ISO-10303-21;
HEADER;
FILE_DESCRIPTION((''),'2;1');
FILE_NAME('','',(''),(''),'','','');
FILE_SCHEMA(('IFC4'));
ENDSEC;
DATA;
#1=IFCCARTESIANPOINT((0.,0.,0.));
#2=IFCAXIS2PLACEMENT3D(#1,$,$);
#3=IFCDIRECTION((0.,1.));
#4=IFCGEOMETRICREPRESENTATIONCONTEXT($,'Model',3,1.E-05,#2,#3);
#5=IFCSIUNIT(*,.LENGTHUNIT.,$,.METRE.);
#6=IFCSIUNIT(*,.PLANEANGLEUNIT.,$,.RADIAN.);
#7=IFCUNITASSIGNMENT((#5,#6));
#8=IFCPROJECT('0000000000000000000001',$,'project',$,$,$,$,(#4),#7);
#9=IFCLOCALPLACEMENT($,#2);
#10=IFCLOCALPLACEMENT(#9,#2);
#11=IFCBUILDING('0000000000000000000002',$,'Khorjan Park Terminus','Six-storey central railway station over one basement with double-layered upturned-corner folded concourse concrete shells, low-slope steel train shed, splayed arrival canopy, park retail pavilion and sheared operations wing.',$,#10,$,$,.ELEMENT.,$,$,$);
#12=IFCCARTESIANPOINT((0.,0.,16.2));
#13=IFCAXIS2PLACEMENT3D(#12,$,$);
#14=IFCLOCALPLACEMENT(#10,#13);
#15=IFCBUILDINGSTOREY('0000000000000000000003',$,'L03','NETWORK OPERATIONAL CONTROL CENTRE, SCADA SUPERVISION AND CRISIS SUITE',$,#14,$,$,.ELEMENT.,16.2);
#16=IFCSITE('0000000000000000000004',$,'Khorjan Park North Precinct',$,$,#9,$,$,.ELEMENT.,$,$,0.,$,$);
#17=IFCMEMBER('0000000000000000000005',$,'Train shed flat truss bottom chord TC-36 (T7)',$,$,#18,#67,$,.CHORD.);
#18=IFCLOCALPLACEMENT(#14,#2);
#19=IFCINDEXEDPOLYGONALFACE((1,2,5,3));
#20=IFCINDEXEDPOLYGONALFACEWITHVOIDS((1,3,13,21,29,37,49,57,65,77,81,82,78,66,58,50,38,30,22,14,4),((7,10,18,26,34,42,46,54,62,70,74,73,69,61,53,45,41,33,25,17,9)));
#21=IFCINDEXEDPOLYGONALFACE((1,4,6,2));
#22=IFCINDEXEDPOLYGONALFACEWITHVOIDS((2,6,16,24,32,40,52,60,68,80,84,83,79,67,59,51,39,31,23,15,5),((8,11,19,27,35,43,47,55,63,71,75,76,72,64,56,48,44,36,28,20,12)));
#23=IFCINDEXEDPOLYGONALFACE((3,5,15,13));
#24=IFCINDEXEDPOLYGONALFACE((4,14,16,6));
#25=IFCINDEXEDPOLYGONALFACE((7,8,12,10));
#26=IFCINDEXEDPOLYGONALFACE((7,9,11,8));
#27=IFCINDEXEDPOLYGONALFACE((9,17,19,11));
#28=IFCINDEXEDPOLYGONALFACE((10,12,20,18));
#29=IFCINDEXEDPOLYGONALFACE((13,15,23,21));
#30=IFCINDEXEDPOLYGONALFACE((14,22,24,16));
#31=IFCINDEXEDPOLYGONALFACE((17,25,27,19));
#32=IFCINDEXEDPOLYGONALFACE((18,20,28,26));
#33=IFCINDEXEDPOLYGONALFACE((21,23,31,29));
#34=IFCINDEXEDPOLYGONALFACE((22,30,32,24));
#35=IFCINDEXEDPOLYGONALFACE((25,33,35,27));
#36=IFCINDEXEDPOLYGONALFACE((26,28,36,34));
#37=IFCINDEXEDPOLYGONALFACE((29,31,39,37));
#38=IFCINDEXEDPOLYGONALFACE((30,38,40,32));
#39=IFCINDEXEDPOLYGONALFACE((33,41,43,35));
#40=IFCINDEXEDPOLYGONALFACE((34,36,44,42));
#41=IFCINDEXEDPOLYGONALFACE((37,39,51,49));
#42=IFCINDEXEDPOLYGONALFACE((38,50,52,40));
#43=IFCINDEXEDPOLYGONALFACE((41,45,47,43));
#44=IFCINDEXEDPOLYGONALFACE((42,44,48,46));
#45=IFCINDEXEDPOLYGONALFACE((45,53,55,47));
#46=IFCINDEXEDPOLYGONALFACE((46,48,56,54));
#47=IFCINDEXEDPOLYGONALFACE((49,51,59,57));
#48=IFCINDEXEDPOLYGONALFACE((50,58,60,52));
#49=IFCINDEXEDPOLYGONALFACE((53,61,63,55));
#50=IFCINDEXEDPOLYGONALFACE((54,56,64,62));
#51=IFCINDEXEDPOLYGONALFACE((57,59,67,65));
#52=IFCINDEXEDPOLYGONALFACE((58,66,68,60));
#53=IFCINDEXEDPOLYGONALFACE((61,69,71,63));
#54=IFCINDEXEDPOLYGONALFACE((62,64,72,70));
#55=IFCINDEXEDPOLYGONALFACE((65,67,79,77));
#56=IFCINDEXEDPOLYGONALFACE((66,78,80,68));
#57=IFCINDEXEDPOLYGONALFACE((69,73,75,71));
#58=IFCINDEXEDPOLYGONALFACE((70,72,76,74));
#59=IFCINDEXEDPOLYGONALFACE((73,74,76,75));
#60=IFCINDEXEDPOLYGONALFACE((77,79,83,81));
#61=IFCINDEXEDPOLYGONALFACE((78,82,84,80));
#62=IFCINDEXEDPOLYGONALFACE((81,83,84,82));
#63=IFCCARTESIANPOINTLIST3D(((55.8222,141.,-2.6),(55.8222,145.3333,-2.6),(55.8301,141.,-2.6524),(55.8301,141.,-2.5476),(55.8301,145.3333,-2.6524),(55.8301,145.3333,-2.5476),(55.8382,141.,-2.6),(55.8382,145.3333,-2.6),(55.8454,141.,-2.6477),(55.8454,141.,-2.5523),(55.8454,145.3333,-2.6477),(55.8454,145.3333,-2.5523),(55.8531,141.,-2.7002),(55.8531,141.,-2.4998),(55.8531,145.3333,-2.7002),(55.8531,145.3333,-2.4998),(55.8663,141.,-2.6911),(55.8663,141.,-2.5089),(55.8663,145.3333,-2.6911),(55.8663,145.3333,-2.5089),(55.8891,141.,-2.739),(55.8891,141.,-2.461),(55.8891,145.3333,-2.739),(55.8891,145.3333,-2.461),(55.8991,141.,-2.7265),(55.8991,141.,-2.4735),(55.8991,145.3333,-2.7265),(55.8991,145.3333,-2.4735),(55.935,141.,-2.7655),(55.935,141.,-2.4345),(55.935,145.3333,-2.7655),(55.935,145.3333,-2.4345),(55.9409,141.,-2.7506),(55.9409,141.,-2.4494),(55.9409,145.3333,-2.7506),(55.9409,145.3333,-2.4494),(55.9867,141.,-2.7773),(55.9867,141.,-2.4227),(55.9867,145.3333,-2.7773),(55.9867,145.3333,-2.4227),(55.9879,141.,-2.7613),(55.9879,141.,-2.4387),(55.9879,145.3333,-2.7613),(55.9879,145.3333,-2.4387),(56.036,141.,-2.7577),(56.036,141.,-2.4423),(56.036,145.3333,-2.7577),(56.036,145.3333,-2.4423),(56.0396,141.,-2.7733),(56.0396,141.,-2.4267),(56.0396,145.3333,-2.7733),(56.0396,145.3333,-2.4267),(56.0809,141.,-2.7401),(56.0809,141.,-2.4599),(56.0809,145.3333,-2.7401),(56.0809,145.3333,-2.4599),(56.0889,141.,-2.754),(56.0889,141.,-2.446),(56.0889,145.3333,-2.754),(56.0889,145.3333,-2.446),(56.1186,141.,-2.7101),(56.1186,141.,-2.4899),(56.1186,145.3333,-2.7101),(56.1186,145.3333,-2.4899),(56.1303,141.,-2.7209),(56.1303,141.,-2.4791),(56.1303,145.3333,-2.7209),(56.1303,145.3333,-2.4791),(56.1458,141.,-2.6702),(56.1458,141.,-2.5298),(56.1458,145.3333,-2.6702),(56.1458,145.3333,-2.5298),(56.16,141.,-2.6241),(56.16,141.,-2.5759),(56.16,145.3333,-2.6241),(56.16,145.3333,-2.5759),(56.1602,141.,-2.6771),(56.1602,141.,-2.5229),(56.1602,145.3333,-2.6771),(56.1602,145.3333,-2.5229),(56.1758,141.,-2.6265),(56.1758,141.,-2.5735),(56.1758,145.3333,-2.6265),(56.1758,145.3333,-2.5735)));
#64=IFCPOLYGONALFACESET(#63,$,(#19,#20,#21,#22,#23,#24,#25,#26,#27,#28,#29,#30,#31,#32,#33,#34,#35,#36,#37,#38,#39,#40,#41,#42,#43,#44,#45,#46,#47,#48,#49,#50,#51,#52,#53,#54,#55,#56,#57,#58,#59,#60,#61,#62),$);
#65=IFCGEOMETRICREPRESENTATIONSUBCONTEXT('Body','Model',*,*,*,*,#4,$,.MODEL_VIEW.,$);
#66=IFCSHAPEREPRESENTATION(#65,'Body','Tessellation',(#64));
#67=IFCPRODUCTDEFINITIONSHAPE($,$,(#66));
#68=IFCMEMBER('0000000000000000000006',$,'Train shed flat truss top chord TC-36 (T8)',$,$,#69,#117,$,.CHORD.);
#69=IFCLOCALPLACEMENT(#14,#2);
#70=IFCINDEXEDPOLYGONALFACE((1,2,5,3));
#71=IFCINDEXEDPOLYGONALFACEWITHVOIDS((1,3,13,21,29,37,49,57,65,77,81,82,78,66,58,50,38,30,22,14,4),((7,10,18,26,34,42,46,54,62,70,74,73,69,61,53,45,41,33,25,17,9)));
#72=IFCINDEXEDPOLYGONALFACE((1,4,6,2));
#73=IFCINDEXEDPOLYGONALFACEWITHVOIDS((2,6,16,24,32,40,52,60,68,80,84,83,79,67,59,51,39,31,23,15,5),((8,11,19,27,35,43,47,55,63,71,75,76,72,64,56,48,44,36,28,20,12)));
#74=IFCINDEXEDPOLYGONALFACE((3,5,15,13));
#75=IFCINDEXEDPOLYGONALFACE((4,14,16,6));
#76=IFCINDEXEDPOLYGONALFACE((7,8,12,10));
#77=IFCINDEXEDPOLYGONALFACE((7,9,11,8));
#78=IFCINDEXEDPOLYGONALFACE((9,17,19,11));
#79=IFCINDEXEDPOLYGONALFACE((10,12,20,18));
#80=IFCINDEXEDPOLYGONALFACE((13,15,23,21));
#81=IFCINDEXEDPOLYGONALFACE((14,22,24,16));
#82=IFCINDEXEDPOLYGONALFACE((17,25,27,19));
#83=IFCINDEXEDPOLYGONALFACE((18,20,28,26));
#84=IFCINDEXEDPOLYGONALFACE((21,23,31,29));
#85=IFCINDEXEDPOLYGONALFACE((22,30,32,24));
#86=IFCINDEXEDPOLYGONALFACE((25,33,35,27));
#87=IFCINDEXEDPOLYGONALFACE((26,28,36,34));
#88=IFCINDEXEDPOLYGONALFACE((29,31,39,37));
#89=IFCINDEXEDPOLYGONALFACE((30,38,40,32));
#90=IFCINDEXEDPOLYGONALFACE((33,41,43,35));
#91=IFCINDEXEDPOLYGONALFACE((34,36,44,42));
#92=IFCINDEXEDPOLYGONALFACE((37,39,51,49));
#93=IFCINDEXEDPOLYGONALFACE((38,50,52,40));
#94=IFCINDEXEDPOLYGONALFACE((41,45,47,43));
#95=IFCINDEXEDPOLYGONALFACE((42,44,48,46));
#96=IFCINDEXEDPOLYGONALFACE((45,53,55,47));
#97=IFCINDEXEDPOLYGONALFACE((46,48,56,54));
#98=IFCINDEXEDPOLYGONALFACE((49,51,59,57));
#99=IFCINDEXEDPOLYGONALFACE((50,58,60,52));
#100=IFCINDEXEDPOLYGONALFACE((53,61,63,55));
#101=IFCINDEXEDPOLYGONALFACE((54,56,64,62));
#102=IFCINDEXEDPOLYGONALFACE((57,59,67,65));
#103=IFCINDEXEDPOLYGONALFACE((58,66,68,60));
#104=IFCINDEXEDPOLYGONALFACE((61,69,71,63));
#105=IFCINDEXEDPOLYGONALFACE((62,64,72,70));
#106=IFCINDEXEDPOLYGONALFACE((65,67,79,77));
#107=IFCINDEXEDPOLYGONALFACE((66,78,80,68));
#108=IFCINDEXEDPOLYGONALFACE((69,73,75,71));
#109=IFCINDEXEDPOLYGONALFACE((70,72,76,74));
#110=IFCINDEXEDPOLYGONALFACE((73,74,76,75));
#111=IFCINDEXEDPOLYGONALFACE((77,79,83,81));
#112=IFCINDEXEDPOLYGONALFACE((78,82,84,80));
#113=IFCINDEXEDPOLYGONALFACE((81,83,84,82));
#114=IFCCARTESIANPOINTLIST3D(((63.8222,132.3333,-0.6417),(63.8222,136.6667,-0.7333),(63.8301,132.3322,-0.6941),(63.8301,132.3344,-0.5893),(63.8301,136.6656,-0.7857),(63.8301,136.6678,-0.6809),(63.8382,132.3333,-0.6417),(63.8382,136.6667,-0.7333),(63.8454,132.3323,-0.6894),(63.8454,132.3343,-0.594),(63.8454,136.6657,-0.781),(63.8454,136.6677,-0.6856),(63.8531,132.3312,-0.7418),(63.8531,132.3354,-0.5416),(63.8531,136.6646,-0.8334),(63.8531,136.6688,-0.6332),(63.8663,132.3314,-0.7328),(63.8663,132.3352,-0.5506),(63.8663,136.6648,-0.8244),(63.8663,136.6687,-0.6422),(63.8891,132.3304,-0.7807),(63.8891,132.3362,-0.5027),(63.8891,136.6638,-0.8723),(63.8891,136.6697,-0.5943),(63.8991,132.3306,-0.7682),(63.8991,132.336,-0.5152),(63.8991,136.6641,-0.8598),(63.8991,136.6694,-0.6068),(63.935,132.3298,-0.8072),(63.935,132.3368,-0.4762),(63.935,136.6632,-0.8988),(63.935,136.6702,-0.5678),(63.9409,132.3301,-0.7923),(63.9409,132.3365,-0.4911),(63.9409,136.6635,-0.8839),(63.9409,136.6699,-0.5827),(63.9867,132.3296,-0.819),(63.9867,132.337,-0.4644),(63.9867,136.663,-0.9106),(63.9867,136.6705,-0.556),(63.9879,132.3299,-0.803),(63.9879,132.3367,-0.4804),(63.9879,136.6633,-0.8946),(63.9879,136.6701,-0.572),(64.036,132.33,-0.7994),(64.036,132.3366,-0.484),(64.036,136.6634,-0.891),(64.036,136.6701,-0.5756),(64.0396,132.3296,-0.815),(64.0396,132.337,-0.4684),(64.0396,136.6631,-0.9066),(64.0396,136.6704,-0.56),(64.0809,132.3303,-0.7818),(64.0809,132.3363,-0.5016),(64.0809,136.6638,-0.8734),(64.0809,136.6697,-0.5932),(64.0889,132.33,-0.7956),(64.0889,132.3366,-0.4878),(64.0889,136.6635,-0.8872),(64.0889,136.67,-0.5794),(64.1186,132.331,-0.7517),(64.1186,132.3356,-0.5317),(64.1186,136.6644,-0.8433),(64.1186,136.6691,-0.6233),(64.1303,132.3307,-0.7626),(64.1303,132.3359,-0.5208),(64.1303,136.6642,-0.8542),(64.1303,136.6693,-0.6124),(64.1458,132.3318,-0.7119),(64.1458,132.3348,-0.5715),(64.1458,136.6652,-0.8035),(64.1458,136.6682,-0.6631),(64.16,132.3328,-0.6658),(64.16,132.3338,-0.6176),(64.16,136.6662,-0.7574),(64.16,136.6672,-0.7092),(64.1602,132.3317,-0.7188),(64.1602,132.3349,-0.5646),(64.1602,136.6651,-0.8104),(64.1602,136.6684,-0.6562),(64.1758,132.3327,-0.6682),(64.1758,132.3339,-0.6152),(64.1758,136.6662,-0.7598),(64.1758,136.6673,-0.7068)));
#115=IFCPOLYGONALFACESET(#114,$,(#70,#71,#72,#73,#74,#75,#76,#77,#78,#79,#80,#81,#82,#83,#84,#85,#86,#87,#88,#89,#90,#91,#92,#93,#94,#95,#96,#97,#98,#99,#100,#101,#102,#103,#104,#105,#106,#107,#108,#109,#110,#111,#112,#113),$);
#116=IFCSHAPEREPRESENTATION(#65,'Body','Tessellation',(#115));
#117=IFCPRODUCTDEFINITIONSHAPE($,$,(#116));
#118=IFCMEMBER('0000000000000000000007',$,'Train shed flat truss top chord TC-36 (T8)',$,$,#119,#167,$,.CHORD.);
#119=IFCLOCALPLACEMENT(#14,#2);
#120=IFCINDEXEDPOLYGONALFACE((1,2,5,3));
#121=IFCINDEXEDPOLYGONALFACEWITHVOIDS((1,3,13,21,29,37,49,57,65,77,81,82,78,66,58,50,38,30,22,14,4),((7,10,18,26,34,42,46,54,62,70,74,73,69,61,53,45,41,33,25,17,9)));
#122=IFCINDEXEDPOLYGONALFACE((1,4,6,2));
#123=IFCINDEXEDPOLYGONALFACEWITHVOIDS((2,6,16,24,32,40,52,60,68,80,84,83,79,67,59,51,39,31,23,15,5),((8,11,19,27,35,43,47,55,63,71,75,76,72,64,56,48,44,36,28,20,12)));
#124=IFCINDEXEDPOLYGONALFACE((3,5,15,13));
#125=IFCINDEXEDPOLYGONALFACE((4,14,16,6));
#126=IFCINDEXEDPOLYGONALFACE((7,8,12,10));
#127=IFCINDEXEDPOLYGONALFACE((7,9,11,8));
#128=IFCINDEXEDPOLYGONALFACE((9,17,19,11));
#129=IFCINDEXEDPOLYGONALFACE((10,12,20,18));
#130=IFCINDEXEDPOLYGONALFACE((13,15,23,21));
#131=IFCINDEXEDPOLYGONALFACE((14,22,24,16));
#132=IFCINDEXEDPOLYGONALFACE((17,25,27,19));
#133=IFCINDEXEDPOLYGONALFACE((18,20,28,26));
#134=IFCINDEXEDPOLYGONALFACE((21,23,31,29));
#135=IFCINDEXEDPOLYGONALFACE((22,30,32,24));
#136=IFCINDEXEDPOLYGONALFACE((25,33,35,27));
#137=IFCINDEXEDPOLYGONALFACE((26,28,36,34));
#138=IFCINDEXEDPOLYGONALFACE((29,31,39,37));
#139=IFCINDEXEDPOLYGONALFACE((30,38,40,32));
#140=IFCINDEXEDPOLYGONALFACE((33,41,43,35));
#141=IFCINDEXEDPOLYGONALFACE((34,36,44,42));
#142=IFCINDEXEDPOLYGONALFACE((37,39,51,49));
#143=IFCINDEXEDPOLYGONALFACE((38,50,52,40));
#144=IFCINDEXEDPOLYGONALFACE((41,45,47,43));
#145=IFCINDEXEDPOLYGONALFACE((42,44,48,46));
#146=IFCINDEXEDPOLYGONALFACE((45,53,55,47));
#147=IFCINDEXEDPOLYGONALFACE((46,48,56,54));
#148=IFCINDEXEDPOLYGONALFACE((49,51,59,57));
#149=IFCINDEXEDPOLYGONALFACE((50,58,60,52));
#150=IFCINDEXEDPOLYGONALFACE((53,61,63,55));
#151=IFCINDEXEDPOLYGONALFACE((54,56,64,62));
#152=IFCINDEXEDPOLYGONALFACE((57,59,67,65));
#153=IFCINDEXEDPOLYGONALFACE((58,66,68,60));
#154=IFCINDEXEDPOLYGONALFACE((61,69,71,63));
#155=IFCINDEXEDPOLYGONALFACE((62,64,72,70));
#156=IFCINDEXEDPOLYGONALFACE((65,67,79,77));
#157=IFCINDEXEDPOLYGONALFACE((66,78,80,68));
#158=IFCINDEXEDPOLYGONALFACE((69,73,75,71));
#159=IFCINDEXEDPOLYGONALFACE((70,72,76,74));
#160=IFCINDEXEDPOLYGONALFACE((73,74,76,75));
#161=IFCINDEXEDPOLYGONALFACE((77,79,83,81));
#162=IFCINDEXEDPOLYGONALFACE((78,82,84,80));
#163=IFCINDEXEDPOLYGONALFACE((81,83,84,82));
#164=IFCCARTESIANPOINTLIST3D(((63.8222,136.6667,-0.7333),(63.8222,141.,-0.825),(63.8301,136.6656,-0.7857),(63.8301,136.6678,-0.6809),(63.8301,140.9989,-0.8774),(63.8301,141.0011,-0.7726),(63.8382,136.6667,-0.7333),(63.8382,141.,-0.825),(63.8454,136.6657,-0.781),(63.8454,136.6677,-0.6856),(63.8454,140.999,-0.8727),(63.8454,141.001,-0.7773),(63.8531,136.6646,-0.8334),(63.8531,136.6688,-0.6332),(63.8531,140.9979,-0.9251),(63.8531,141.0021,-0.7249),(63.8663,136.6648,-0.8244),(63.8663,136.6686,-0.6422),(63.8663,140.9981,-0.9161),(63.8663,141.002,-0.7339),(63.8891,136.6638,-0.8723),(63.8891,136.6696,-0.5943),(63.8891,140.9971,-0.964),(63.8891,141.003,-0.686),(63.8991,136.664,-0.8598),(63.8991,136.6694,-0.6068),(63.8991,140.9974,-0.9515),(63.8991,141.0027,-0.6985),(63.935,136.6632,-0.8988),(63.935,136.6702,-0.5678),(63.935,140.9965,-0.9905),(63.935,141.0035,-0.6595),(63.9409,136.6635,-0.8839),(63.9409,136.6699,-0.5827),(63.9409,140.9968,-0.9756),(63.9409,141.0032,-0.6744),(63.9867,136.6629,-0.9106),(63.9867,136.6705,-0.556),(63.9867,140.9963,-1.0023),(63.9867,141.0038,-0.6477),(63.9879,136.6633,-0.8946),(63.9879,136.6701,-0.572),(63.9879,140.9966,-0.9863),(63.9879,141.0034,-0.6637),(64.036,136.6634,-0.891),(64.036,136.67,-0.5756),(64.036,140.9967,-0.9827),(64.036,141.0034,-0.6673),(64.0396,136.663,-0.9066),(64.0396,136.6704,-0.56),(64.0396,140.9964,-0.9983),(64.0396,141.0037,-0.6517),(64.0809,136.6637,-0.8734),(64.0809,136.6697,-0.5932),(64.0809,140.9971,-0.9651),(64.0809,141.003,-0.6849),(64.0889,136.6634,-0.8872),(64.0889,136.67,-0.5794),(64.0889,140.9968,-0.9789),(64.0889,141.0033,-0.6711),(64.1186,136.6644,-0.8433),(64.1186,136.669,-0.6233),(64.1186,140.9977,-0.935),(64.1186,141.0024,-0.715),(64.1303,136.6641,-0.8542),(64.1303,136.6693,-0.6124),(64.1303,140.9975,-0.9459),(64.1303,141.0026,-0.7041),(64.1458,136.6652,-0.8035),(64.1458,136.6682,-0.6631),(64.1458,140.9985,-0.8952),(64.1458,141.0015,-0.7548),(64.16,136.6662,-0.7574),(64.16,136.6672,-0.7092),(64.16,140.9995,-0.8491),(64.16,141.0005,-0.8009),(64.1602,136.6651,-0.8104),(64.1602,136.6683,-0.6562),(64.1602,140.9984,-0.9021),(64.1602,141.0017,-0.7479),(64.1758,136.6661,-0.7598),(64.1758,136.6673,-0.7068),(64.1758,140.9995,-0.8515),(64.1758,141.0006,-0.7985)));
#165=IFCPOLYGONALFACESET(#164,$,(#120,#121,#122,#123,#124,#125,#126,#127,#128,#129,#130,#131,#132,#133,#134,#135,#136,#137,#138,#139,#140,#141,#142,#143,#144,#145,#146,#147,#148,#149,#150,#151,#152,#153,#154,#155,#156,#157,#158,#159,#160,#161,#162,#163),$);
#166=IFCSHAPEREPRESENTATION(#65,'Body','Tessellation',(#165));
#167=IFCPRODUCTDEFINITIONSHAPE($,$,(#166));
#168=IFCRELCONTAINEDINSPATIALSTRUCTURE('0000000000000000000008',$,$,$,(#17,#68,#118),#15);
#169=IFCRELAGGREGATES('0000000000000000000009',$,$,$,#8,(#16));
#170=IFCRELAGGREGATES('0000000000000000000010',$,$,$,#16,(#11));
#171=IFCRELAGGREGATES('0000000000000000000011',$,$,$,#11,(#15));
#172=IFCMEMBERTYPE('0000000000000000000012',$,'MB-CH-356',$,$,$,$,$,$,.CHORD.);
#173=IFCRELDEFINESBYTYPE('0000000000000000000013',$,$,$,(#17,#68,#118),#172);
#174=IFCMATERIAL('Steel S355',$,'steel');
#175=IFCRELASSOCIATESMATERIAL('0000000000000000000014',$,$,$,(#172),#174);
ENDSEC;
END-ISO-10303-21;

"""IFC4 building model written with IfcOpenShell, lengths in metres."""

from ifc_helpers import new_model, si_unit, direction, frame, origin, origin_2d, place, context, subcontext, project, spatial, hollow_circle, extrude, material, material_profile, profile_set, type_object, element, save


model = new_model("IFC4")

# Units and contexts
model_context = context("Model", 3, precision=1e-05, world=origin(), true_north=direction((0.0, 1.0)))
body_context = subcontext(model_context, "Body", "Model", "MODEL_VIEW")
ifc_project = project(units=[si_unit("LENGTHUNIT", "METRE"), si_unit("PLANEANGLEUNIT", "RADIAN")], contexts=[model_context])

# Site, building, storey
site_placement = place(None, origin())
site = spatial("IfcSite", under=ifc_project, at=site_placement, Name="Khorjan Park North Precinct", CompositionType="ELEMENT", RefElevation=0.0)
building_placement = place(site_placement, origin())
building = spatial("IfcBuilding", under=site, at=building_placement, Name="Khorjan Park Terminus", Description="Six-storey central railway station over one basement with double-layered upturned-corner folded concourse concrete shells, low-slope steel train shed, splayed arrival canopy, park retail pavilion and sheared operations wing.", CompositionType="ELEMENT")
storey_placement = place(building_placement, frame((0.0, 0.0, 16.2)))
storey = spatial("IfcBuildingStorey", under=building, at=storey_placement, Name="L03", Description="NETWORK OPERATIONAL CONTROL CENTRE, SCADA SUPERVISION AND CRISIS SUITE", CompositionType="ELEMENT", Elevation=16.2)

# Members
ifc_material_1 = material(Name="Steel S355", Category="steel")
ifc_material_profile_1 = material_profile(ifc_material_1, hollow_circle(Radius=0.1778, WallThickness=0.016, at=origin_2d()), Name="CHS 355.6x16")
ifc_profile_set_1 = profile_set([ifc_material_profile_1], Name="Steel S355")
member_type_1 = type_object("IfcMemberType", Name="MB-CH-356", PredefinedType="CHORD", material=ifc_profile_set_1)
for number, where, z_axis, x_axis, name in (
    (1, (56.0, 141.0, -2.6), (0.0, 1.0, 0.0), (-1.0, 0.0, 0.0), "Train shed flat truss bottom chord TC-36 (T7)"),
):
    element("IfcMember", number, at=place(storey_placement, frame(where, z_axis=z_axis, x_axis=x_axis)), inside=storey, type_object=member_type_1, Name=name, PredefinedType="CHORD", context=body_context, shape_type="SweptSolid", body=[
        extrude(hollow_circle(Radius=0.1778, WallThickness=0.016, at=origin_2d()), origin(), (0.0, 0.0, 1.0), 4.3333),
    ])
member_1_placement = place(storey_placement, frame((64.0, 132.3333, -0.6417), z_axis=(0.0, 0.999777, -0.021133), x_axis=(-1.0, 0.0, 0.0)))
element("IfcMember", 2, at=member_1_placement, inside=storey, type_object=member_type_1, Name="Train shed flat truss top chord TC-36 (T8)", PredefinedType="CHORD", context=body_context, shape_type="SweptSolid", body=[
    extrude(hollow_circle(Radius=0.1778, WallThickness=0.016, at=origin_2d()), origin(), (0.0, 0.0, 1.0), 4.3344),
])
member_2_placement = place(storey_placement, frame((64.0, 136.6667, -0.7333), z_axis=(0.0, 0.999776, -0.021157), x_axis=(-1.0, 0.0, 0.0)))
element("IfcMember", 3, at=member_2_placement, inside=storey, type_object=member_type_1, Name="Train shed flat truss top chord TC-36 (T8)", PredefinedType="CHORD", context=body_context, shape_type="SweptSolid", body=[
    extrude(hollow_circle(Radius=0.1778, WallThickness=0.016, at=origin_2d()), origin(), (0.0, 0.0, 1.0), 4.3343),
])

save(model, "model.ifc")
